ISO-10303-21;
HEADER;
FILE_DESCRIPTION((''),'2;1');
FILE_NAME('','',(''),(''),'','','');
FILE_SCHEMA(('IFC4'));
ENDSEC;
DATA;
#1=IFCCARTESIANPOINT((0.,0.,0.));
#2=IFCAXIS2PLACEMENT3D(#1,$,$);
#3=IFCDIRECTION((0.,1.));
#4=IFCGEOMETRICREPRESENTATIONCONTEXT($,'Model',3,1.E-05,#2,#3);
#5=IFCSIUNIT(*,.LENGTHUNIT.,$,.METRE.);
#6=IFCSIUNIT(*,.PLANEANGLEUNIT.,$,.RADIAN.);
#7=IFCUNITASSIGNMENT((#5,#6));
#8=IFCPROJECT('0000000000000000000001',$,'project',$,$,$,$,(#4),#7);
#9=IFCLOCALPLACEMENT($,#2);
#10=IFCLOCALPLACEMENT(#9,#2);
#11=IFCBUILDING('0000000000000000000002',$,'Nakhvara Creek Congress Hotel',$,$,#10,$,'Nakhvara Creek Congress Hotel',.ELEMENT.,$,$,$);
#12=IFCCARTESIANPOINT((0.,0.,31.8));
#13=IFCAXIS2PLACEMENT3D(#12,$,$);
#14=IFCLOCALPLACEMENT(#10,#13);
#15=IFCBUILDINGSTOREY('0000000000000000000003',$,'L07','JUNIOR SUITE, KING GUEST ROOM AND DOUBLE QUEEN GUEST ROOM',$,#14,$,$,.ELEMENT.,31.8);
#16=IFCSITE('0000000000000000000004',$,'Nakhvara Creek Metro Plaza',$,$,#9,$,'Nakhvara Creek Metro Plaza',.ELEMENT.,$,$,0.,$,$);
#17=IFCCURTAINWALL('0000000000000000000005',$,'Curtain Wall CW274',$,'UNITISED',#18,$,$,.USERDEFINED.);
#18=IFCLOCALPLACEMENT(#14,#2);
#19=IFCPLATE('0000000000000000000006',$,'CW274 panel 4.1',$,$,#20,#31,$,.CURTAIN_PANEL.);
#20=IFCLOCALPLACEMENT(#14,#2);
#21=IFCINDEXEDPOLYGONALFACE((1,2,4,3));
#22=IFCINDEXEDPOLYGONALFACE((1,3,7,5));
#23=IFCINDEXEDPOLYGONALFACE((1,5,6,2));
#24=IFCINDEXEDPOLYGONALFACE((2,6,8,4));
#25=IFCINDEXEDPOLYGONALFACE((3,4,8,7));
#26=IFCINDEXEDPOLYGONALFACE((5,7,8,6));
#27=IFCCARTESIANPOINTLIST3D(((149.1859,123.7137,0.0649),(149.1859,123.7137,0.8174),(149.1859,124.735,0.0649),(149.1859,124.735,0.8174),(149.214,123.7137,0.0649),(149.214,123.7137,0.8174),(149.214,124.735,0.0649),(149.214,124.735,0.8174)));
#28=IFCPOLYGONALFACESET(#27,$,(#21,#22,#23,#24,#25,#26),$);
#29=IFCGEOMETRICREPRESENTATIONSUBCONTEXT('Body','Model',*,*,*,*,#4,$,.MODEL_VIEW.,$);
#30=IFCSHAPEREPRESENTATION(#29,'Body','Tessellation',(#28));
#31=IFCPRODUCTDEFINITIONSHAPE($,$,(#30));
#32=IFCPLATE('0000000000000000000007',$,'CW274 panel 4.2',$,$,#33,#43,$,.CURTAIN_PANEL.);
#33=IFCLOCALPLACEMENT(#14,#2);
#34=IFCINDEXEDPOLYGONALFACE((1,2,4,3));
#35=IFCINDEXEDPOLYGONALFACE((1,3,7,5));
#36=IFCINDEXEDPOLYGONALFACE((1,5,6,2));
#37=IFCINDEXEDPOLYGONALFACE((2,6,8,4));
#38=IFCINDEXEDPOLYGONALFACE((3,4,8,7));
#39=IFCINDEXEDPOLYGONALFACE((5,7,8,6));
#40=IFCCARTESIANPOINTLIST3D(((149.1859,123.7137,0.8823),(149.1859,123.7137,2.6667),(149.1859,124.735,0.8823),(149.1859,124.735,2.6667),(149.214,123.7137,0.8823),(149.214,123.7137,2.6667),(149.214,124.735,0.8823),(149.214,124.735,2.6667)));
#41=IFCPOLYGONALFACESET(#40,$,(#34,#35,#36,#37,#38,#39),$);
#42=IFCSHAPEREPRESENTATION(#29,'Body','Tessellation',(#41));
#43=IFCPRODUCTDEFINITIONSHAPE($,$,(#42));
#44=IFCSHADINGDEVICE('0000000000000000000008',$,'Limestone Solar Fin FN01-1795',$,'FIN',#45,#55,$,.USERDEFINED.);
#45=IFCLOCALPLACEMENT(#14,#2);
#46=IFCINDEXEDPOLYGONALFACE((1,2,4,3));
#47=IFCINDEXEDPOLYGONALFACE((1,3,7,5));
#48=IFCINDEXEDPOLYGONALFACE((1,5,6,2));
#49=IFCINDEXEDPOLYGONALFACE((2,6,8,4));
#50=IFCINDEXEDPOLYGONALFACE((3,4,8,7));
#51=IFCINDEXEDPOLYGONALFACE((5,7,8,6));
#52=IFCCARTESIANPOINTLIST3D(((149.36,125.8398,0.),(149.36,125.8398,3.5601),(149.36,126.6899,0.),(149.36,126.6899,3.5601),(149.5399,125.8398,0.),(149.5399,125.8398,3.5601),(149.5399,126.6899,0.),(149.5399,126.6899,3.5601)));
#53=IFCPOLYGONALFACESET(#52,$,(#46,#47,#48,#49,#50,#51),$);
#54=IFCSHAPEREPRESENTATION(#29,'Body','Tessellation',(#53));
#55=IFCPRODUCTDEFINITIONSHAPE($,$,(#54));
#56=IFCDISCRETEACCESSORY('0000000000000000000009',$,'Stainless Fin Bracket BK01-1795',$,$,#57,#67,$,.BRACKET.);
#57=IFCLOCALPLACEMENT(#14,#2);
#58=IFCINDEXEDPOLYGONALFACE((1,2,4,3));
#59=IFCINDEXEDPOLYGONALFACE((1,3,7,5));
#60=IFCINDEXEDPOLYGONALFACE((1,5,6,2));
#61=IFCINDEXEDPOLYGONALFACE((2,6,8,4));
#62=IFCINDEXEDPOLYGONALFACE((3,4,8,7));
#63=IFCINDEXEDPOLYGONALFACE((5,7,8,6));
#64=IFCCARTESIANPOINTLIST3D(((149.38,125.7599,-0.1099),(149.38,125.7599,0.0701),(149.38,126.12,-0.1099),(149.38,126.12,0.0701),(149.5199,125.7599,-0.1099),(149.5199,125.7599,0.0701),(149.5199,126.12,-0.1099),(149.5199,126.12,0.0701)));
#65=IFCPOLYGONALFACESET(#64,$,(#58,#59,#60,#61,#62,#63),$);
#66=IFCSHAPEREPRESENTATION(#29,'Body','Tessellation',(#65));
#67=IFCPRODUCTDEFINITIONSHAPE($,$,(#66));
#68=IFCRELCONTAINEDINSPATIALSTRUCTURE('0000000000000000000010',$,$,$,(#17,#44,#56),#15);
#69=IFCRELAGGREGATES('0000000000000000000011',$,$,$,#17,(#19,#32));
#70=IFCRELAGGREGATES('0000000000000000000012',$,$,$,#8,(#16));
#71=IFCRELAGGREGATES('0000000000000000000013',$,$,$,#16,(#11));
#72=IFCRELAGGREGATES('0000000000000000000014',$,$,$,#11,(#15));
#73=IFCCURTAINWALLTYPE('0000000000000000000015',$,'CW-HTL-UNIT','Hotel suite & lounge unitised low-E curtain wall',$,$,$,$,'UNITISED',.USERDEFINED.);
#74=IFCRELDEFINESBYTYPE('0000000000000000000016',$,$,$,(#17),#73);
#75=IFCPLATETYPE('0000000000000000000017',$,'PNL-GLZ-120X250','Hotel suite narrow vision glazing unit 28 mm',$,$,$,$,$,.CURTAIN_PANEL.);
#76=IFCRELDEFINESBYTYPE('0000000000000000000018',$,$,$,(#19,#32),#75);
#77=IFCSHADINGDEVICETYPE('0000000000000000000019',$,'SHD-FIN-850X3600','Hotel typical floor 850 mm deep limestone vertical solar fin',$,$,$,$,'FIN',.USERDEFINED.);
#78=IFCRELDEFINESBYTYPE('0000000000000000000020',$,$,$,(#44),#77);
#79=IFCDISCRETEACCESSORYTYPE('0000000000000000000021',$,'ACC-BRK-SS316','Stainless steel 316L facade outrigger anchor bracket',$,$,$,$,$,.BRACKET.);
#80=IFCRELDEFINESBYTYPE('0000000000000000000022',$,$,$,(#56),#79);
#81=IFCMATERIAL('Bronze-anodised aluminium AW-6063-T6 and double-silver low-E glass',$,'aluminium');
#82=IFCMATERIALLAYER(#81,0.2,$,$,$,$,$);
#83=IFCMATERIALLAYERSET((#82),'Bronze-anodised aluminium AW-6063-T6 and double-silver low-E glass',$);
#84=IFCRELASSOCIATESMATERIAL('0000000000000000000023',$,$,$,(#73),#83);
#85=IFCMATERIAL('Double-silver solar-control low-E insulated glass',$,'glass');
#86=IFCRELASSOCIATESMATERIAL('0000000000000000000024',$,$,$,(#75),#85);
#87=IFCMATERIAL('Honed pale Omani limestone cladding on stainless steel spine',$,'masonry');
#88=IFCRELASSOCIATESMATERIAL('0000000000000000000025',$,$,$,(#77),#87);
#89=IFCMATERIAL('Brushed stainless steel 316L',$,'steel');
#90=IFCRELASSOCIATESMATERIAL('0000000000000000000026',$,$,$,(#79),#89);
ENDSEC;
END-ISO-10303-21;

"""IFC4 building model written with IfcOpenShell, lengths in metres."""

from ifc_helpers import new_model, si_unit, direction, frame, origin, origin_2d, place, context, subcontext, project, spatial, rectangle, extrude, material, layer, layer_set, type_object, element, aggregate, save


model = new_model("IFC4")

# Units and contexts
model_context = context("Model", 3, precision=1e-05, world=origin(), true_north=direction((0.0, 1.0)))
body_context = subcontext(model_context, "Body", "Model", "MODEL_VIEW")
ifc_project = project(units=[si_unit("LENGTHUNIT", "METRE"), si_unit("PLANEANGLEUNIT", "RADIAN")], contexts=[model_context])

# Site, building, storey
site_placement = place(None, origin())
site = spatial("IfcSite", under=ifc_project, at=site_placement, Name="Nakhvara Creek Metro Plaza", LongName="Nakhvara Creek Metro Plaza", CompositionType="ELEMENT", RefElevation=0.0)
building_placement = place(site_placement, origin())
building = spatial("IfcBuilding", under=site, at=building_placement, Name="Nakhvara Creek Congress Hotel", LongName="Nakhvara Creek Congress Hotel", CompositionType="ELEMENT")
storey_placement = place(building_placement, frame((0.0, 0.0, 31.8)))
storey = spatial("IfcBuildingStorey", under=building, at=storey_placement, Name="L07", Description="JUNIOR SUITE, KING GUEST ROOM AND DOUBLE QUEEN GUEST ROOM", CompositionType="ELEMENT", Elevation=31.8)

# Curtain wall
ifc_material_1 = material(Name="Bronze-anodised aluminium AW-6063-T6 and double-silver low-E glass", Category="aluminium")
ifc_layer = layer(ifc_material_1, 0.2)
ifc_layer_set = layer_set([ifc_layer], Name="Bronze-anodised aluminium AW-6063-T6 and double-silver low-E glass")
curtain_wall_type = type_object("IfcCurtainWallType", Name="CW-HTL-UNIT", Description="Hotel suite & lounge unitised low-E curtain wall", ElementType="UNITISED", PredefinedType="USERDEFINED", material=ifc_layer_set)
curtain_wall_1_placement = place(storey_placement, origin())
curtain_wall_1 = element("IfcCurtainWall", 1, at=curtain_wall_1_placement, inside=storey, type_object=curtain_wall_type, Name="Curtain Wall CW274", ObjectType="UNITISED", PredefinedType="USERDEFINED")

# Plates
ifc_material_2 = material(Name="Double-silver solar-control low-E insulated glass", Category="glass")
plate_type = type_object("IfcPlateType", Name="PNL-GLZ-120X250", Description="Hotel suite narrow vision glazing unit 28 mm", PredefinedType="CURTAIN_PANEL", material=ifc_material_2)
plate_1_placement = place(storey_placement, frame((149.2, 124.2244, 0.0649), z_axis=(0.0, 0.0, 1.0), x_axis=(0.0, 1.0, 0.0)))
plate_1 = element("IfcPlate", 2, at=plate_1_placement, type_object=plate_type, Name="CW274 panel 4.1", PredefinedType="CURTAIN_PANEL", context=body_context, shape_type="SweptSolid", body=[
    extrude(rectangle(XDim=1.0212, YDim=0.0281, at=origin_2d()), origin(), (0.0, 0.0, 1.0), 0.7524),
])
plate_2_placement = place(storey_placement, frame((149.2, 124.2244, 0.8823), z_axis=(0.0, 0.0, 1.0), x_axis=(0.0, 1.0, 0.0)))
plate_2 = element("IfcPlate", 3, at=plate_2_placement, type_object=plate_type, Name="CW274 panel 4.2", PredefinedType="CURTAIN_PANEL", context=body_context, shape_type="SweptSolid", body=[
    extrude(rectangle(XDim=1.0212, YDim=0.0281, at=origin_2d()), origin(), (0.0, 0.0, 1.0), 1.7844),
])
aggregate(curtain_wall_1, [plate_1, plate_2])

# Shading device
ifc_material_3 = material(Name="Honed pale Omani limestone cladding on stainless steel spine", Category="masonry")
shading_device_type = type_object("IfcShadingDeviceType", Name="SHD-FIN-850X3600", Description="Hotel typical floor 850 mm deep limestone vertical solar fin", ElementType="FIN", PredefinedType="USERDEFINED", material=ifc_material_3)
shading_device_placement = place(storey_placement, frame((149.45, 126.2649, 0.0), z_axis=(0.0, 0.0, 1.0), x_axis=(1.0, 0.0, 0.0)))
element("IfcShadingDevice", 4, at=shading_device_placement, inside=storey, type_object=shading_device_type, Name="Limestone Solar Fin FN01-1795", ObjectType="FIN", PredefinedType="USERDEFINED", context=body_context, shape_type="SweptSolid", body=[
    extrude(rectangle(XDim=0.1799, YDim=0.8501, at=origin_2d()), origin(), (0.0, 0.0, 1.0), 3.5601),
])

# Discrete accessory
ifc_material_4 = material(Name="Brushed stainless steel 316L", Category="steel")
discrete_accessory_type = type_object("IfcDiscreteAccessoryType", Name="ACC-BRK-SS316", Description="Stainless steel 316L facade outrigger anchor bracket", PredefinedType="BRACKET", material=ifc_material_4)
discrete_accessory_placement = place(storey_placement, frame((149.45, 125.9399, -0.1099), z_axis=(0.0, 0.0, 1.0), x_axis=(1.0, 0.0, 0.0)))
element("IfcDiscreteAccessory", 5, at=discrete_accessory_placement, inside=storey, type_object=discrete_accessory_type, Name="Stainless Fin Bracket BK01-1795", PredefinedType="BRACKET", context=body_context, shape_type="SweptSolid", body=[
    extrude(rectangle(XDim=0.1399, YDim=0.3601, at=origin_2d()), origin(), (0.0, 0.0, 1.0), 0.1799),
])

save(model, "model.ifc")
